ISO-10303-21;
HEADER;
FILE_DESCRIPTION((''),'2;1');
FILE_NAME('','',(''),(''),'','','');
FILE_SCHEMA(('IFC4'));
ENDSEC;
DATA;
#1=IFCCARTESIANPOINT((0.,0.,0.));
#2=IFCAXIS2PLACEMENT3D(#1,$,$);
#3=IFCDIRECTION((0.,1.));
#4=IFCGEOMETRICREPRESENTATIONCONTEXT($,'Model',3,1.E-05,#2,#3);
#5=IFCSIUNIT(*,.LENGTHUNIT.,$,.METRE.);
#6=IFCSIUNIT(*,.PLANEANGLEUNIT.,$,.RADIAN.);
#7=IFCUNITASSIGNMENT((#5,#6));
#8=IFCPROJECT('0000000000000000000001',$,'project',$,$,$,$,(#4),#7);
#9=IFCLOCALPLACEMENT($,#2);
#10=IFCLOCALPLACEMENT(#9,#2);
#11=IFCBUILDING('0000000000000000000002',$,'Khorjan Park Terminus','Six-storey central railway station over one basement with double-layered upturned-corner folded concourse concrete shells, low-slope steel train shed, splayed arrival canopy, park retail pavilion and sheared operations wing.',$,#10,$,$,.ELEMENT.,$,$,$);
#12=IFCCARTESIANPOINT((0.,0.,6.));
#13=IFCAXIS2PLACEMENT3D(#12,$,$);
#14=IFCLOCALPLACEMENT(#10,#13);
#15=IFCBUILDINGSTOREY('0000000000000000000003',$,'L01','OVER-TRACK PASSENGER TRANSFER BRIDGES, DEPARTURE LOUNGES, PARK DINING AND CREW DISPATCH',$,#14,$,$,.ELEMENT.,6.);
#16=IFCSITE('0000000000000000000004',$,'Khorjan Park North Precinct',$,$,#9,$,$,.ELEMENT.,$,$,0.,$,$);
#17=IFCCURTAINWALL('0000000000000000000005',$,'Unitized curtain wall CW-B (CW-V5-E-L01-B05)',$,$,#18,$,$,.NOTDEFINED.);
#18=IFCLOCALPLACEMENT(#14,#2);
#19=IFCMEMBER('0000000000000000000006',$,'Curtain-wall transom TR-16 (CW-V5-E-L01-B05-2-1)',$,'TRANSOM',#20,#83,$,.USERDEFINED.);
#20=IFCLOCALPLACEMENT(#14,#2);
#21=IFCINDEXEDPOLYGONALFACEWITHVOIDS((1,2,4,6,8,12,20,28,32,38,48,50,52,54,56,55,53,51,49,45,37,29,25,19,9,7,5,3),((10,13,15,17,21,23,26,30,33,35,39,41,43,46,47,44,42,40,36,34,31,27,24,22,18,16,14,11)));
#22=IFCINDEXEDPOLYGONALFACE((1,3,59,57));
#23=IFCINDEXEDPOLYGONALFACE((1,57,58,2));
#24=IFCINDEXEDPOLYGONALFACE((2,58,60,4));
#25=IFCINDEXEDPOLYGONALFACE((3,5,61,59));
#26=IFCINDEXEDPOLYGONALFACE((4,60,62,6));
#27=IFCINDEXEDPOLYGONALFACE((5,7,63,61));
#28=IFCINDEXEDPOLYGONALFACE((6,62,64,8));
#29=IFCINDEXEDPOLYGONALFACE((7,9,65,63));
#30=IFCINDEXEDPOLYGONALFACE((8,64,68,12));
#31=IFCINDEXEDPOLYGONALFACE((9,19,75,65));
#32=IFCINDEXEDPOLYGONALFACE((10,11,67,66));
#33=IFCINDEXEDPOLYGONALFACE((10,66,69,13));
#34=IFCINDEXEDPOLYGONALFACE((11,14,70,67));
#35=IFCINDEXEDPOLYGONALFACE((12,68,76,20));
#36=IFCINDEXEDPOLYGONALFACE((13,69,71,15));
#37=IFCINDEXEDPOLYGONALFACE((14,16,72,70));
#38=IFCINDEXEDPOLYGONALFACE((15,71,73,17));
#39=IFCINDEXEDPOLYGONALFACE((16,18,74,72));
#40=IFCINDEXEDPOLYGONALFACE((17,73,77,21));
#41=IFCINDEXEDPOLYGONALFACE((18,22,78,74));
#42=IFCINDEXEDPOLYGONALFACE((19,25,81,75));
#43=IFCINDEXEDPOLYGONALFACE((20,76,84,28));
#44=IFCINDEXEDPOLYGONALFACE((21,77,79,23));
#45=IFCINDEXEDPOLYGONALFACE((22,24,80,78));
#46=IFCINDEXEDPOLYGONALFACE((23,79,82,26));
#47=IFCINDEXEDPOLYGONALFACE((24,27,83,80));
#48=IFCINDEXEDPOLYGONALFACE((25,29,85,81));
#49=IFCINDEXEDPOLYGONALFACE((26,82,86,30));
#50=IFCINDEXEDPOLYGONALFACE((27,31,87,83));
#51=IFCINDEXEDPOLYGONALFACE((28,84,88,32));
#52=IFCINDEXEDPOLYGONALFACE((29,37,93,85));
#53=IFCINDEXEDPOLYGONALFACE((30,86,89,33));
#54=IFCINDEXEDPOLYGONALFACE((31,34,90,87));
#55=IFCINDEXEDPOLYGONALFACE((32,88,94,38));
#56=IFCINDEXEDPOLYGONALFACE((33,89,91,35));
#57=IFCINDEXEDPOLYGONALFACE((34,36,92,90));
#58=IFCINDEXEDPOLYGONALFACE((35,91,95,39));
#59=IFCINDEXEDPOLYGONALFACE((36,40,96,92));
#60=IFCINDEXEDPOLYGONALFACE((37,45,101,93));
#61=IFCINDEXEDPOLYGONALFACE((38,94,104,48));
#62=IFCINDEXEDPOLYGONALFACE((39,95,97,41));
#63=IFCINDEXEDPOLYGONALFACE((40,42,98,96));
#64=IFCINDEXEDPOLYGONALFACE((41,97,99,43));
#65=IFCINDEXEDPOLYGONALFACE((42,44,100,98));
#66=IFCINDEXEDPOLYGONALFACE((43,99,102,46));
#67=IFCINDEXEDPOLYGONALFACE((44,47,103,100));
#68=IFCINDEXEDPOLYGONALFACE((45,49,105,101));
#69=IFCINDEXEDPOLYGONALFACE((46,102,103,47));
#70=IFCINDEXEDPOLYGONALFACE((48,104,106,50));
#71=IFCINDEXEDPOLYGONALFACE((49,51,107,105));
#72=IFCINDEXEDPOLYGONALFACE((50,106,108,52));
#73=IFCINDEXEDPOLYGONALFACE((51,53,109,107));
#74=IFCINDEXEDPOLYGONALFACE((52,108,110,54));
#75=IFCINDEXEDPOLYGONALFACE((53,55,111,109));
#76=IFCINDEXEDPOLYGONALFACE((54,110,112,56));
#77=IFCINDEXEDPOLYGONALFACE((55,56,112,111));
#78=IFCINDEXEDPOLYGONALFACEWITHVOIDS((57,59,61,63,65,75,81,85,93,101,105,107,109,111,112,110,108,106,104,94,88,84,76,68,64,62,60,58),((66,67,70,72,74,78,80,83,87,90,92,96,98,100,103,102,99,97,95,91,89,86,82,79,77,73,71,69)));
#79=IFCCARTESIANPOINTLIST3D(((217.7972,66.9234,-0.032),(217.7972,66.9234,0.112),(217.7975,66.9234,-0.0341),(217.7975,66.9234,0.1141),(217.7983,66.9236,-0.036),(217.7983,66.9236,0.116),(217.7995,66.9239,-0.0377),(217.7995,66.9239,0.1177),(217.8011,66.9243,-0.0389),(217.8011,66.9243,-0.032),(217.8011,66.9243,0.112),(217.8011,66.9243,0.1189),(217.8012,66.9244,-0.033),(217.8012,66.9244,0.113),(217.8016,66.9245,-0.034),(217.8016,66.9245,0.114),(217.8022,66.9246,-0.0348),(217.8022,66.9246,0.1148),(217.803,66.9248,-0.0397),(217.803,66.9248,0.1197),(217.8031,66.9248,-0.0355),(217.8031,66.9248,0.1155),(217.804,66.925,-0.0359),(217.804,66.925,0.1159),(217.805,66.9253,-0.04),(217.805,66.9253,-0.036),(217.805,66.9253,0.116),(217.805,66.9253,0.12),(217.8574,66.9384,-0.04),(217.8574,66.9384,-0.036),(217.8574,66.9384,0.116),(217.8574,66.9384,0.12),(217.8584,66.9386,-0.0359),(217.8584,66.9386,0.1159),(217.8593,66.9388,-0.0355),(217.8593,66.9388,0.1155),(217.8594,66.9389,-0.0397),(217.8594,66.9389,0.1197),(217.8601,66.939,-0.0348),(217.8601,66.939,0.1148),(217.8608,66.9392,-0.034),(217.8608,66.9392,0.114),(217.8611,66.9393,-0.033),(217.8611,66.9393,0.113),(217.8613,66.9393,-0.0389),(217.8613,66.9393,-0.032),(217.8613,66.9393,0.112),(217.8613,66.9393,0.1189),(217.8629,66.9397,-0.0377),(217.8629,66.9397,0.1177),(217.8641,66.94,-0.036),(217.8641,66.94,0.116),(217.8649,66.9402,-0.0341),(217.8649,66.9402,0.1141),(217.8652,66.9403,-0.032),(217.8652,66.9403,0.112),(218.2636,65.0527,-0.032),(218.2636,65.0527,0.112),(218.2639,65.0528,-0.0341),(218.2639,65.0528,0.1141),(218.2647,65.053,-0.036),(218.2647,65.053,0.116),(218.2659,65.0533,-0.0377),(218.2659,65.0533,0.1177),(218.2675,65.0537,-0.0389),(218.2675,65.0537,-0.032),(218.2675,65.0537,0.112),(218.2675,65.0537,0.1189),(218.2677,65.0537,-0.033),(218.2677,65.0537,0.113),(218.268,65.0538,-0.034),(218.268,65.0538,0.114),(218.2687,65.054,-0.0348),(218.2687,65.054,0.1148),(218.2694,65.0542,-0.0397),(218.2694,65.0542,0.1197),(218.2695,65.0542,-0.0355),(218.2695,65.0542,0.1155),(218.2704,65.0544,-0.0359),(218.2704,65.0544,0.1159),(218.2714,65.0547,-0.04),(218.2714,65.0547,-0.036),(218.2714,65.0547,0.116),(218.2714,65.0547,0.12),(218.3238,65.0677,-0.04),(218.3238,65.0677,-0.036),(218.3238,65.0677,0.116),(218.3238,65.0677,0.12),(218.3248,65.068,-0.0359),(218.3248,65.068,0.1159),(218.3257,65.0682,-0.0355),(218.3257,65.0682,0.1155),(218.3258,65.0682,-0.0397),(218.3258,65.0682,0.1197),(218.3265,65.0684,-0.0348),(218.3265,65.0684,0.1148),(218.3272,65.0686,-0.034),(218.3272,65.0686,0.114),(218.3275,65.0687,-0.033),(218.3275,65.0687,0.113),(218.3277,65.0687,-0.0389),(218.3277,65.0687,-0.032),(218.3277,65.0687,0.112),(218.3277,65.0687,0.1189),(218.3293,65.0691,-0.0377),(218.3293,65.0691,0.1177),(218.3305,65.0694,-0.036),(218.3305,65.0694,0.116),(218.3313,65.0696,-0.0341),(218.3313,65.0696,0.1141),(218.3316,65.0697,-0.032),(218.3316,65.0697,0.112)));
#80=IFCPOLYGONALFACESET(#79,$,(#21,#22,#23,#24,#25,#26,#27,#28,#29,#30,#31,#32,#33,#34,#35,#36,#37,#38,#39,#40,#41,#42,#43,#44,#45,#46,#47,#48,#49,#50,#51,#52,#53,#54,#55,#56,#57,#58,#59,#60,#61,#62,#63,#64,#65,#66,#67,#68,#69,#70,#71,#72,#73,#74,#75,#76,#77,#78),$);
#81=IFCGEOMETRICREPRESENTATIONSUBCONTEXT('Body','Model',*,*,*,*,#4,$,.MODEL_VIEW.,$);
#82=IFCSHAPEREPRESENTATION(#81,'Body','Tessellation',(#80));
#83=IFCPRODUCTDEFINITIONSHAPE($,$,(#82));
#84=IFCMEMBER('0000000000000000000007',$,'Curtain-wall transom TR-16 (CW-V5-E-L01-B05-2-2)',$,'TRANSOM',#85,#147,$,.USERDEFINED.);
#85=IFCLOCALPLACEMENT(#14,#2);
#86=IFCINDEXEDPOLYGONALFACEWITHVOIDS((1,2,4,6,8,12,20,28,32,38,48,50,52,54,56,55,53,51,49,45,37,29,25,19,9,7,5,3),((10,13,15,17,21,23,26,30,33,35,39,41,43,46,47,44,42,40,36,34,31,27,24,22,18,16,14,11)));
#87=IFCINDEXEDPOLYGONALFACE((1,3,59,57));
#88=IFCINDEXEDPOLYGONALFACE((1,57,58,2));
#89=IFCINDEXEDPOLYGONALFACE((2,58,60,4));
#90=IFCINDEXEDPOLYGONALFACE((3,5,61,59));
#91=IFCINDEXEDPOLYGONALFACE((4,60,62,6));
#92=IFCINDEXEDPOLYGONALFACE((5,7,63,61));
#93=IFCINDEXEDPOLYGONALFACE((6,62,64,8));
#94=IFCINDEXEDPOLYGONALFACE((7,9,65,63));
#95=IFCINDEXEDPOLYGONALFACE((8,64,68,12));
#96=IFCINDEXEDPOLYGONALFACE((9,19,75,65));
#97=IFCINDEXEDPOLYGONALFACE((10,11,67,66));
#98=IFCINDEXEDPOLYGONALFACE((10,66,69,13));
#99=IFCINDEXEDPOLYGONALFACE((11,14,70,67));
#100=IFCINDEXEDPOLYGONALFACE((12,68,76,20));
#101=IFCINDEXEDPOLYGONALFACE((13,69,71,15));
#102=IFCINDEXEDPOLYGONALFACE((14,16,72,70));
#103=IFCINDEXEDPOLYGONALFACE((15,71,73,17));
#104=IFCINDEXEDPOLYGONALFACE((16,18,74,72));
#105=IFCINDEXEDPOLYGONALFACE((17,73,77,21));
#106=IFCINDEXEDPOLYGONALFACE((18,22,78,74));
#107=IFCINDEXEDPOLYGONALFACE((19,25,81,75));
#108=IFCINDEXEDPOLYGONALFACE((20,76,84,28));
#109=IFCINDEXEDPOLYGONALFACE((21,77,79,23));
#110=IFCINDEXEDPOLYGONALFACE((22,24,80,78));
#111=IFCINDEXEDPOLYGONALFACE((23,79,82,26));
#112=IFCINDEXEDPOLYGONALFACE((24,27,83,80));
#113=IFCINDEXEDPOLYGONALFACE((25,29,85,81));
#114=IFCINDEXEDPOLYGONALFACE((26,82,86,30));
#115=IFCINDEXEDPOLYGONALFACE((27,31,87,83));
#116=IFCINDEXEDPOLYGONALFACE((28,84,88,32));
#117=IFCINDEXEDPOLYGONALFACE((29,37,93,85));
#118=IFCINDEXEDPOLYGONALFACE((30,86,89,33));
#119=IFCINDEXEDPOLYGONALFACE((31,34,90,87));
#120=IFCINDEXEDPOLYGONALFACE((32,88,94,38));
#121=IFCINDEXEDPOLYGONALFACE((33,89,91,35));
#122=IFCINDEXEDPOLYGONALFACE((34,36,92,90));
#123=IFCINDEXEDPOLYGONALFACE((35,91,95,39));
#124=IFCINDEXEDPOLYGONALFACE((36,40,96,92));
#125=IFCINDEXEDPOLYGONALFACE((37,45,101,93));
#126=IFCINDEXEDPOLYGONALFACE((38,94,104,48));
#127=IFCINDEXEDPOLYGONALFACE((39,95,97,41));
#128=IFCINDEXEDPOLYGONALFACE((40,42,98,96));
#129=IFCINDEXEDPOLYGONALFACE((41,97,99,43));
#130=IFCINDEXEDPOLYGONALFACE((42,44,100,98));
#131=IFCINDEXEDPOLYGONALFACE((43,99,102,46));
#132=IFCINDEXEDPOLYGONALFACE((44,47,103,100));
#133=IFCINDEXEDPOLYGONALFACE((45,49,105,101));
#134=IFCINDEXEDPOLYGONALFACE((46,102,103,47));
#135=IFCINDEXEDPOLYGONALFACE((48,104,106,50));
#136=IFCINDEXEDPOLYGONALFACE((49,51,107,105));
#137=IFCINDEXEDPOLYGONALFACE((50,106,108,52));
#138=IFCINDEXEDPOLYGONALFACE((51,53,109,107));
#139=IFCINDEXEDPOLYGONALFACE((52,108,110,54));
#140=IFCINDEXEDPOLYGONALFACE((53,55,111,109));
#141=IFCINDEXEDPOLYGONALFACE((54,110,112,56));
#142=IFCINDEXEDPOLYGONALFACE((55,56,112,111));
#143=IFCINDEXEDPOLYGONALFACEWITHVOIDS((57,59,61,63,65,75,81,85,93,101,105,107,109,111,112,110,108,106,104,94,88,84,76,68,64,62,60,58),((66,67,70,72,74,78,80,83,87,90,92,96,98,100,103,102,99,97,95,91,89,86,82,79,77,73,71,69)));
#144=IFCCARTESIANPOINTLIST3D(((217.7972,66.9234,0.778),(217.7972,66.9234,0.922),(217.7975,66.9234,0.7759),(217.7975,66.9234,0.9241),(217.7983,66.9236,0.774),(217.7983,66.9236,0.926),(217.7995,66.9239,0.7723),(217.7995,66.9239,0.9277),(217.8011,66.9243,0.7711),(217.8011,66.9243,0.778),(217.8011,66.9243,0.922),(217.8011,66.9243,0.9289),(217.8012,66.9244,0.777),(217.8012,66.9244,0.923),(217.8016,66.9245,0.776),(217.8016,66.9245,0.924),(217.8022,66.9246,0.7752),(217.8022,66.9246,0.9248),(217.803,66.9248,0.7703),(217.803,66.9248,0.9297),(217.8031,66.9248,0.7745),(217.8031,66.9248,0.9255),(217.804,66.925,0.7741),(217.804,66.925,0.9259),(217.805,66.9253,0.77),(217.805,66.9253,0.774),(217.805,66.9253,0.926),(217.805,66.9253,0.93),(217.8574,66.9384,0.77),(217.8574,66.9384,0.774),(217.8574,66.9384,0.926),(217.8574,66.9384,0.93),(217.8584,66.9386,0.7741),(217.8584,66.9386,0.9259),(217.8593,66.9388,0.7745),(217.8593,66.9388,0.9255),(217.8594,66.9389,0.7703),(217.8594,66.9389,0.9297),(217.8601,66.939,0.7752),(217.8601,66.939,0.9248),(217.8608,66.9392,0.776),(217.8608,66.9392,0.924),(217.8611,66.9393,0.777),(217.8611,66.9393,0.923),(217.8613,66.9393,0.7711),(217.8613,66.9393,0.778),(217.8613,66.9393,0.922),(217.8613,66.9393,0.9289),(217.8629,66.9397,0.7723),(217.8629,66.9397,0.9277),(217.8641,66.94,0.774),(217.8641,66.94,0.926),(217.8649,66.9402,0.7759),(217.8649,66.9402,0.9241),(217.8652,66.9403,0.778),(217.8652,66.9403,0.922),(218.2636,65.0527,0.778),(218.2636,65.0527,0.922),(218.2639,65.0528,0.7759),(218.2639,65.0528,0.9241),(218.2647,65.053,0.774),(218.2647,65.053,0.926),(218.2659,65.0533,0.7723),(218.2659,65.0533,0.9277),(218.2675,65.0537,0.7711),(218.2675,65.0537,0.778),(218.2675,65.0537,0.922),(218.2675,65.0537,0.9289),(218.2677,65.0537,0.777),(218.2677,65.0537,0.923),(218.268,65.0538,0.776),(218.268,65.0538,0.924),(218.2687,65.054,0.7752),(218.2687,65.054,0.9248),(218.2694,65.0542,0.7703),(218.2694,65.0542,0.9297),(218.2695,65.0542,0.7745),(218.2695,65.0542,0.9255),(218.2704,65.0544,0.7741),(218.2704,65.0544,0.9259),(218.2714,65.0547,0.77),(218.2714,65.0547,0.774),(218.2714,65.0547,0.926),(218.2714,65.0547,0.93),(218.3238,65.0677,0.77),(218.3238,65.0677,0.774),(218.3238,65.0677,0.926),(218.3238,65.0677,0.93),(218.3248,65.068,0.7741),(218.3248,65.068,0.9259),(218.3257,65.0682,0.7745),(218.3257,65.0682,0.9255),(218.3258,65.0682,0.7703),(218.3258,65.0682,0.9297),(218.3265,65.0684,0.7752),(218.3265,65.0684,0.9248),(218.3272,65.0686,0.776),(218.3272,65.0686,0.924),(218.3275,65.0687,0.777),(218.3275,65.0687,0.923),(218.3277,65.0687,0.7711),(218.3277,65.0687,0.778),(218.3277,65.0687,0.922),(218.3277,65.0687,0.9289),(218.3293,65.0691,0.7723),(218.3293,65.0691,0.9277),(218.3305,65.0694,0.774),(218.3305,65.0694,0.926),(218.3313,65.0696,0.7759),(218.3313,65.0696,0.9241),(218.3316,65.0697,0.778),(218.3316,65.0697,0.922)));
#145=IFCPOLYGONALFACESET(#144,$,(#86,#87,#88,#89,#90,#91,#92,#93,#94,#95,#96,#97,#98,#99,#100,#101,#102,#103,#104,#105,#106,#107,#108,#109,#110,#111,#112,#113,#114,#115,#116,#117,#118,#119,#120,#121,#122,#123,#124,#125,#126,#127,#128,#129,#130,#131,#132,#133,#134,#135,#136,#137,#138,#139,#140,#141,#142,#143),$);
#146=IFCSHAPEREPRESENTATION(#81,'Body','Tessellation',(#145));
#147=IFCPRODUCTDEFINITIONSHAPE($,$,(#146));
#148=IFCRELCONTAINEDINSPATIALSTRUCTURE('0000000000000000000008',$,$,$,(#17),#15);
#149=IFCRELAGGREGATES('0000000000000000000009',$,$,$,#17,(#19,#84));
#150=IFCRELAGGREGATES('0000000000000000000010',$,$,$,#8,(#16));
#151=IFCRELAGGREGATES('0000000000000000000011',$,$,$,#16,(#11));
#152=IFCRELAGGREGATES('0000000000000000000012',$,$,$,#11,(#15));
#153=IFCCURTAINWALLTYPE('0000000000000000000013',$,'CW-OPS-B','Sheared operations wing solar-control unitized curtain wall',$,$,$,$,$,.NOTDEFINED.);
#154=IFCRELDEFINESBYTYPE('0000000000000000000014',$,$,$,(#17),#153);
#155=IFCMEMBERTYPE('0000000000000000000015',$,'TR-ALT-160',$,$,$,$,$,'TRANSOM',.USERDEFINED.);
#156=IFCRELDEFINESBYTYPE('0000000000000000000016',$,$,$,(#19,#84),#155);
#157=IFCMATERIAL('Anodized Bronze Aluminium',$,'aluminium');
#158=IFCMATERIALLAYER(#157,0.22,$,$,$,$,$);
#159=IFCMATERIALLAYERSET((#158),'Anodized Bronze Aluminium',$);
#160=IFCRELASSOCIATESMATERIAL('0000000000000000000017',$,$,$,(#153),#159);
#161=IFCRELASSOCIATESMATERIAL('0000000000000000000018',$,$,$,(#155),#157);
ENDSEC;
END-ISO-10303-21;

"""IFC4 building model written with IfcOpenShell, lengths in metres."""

from ifc_helpers import new_model, si_unit, direction, frame, origin, origin_2d, place, context, subcontext, project, spatial, hollow_rectangle, extrude, material, layer, layer_set, material_profile, profile_set, type_object, element, aggregate, save


model = new_model("IFC4")

# Units and contexts
model_context = context("Model", 3, precision=1e-05, world=origin(), true_north=direction((0.0, 1.0)))
body_context = subcontext(model_context, "Body", "Model", "MODEL_VIEW")
ifc_project = project(units=[si_unit("LENGTHUNIT", "METRE"), si_unit("PLANEANGLEUNIT", "RADIAN")], contexts=[model_context])

# Site, building, storey
site_placement = place(None, origin())
site = spatial("IfcSite", under=ifc_project, at=site_placement, Name="Khorjan Park North Precinct", CompositionType="ELEMENT", RefElevation=0.0)
building_placement = place(site_placement, origin())
building = spatial("IfcBuilding", under=site, at=building_placement, Name="Khorjan Park Terminus", Description="Six-storey central railway station over one basement with double-layered upturned-corner folded concourse concrete shells, low-slope steel train shed, splayed arrival canopy, park retail pavilion and sheared operations wing.", CompositionType="ELEMENT")
storey_placement = place(building_placement, frame((0.0, 0.0, 6.0)))
storey = spatial("IfcBuildingStorey", under=building, at=storey_placement, Name="L01", Description="OVER-TRACK PASSENGER TRANSFER BRIDGES, DEPARTURE LOUNGES, PARK DINING AND CREW DISPATCH", CompositionType="ELEMENT", Elevation=6.0)

# Curtain wall, members
ifc_material_1 = material(Name="Anodized Bronze Aluminium", Category="aluminium")
ifc_layer_1 = layer(ifc_material_1, 0.22)
ifc_layer_set_1 = layer_set([ifc_layer_1], Name="Anodized Bronze Aluminium")
curtain_wall_type = type_object("IfcCurtainWallType", Name="CW-OPS-B", Description="Sheared operations wing solar-control unitized curtain wall", PredefinedType="NOTDEFINED", material=ifc_layer_set_1)
curtain_wall_placement = place(storey_placement, origin())
curtain_wall = element("IfcCurtainWall", 1, at=curtain_wall_placement, inside=storey, type_object=curtain_wall_type, Name="Unitized curtain wall CW-B (CW-V5-E-L01-B05)", PredefinedType="NOTDEFINED")
ifc_material_profile_1 = material_profile(ifc_material_1, hollow_rectangle(XDim=0.07, YDim=0.16, WallThickness=0.004, InnerFilletRadius=0.004, OuterFilletRadius=0.008, at=origin_2d()), Name="ALT 70x160x4")
ifc_profile_set_1 = profile_set([ifc_material_profile_1], Name="Anodized Bronze Aluminium")
member_type_1 = type_object("IfcMemberType", Name="TR-ALT-160", ElementType="TRANSOM", PredefinedType="USERDEFINED", material=ifc_profile_set_1)
member_1_placement = place(storey_placement, frame((218.2976, 65.0612, 0.04), z_axis=(-0.241925, 0.970295, 0.0), x_axis=(-0.970295, -0.241925, 0.0)))
member_1 = element("IfcMember", 2, at=member_1_placement, type_object=member_type_1, Name="Curtain-wall transom TR-16 (CW-V5-E-L01-B05-2-1)", ObjectType="TRANSOM", PredefinedType="USERDEFINED", context=body_context, shape_type="SweptSolid", body=[
    extrude(hollow_rectangle(XDim=0.07, YDim=0.16, WallThickness=0.004, InnerFilletRadius=0.004, OuterFilletRadius=0.008, at=origin_2d()), origin(), (0.0, 0.0, 1.0), 1.9279),
])
member_2_placement = place(storey_placement, frame((218.2976, 65.0612, 0.85), z_axis=(-0.241925, 0.970295, 0.0), x_axis=(-0.970295, -0.241925, 0.0)))
member_2 = element("IfcMember", 3, at=member_2_placement, type_object=member_type_1, Name="Curtain-wall transom TR-16 (CW-V5-E-L01-B05-2-2)", ObjectType="TRANSOM", PredefinedType="USERDEFINED", context=body_context, shape_type="SweptSolid", body=[
    extrude(hollow_rectangle(XDim=0.07, YDim=0.16, WallThickness=0.004, InnerFilletRadius=0.004, OuterFilletRadius=0.008, at=origin_2d()), origin(), (0.0, 0.0, 1.0), 1.9279),
])
aggregate(curtain_wall, [member_1, member_2])

save(model, "model.ifc")
